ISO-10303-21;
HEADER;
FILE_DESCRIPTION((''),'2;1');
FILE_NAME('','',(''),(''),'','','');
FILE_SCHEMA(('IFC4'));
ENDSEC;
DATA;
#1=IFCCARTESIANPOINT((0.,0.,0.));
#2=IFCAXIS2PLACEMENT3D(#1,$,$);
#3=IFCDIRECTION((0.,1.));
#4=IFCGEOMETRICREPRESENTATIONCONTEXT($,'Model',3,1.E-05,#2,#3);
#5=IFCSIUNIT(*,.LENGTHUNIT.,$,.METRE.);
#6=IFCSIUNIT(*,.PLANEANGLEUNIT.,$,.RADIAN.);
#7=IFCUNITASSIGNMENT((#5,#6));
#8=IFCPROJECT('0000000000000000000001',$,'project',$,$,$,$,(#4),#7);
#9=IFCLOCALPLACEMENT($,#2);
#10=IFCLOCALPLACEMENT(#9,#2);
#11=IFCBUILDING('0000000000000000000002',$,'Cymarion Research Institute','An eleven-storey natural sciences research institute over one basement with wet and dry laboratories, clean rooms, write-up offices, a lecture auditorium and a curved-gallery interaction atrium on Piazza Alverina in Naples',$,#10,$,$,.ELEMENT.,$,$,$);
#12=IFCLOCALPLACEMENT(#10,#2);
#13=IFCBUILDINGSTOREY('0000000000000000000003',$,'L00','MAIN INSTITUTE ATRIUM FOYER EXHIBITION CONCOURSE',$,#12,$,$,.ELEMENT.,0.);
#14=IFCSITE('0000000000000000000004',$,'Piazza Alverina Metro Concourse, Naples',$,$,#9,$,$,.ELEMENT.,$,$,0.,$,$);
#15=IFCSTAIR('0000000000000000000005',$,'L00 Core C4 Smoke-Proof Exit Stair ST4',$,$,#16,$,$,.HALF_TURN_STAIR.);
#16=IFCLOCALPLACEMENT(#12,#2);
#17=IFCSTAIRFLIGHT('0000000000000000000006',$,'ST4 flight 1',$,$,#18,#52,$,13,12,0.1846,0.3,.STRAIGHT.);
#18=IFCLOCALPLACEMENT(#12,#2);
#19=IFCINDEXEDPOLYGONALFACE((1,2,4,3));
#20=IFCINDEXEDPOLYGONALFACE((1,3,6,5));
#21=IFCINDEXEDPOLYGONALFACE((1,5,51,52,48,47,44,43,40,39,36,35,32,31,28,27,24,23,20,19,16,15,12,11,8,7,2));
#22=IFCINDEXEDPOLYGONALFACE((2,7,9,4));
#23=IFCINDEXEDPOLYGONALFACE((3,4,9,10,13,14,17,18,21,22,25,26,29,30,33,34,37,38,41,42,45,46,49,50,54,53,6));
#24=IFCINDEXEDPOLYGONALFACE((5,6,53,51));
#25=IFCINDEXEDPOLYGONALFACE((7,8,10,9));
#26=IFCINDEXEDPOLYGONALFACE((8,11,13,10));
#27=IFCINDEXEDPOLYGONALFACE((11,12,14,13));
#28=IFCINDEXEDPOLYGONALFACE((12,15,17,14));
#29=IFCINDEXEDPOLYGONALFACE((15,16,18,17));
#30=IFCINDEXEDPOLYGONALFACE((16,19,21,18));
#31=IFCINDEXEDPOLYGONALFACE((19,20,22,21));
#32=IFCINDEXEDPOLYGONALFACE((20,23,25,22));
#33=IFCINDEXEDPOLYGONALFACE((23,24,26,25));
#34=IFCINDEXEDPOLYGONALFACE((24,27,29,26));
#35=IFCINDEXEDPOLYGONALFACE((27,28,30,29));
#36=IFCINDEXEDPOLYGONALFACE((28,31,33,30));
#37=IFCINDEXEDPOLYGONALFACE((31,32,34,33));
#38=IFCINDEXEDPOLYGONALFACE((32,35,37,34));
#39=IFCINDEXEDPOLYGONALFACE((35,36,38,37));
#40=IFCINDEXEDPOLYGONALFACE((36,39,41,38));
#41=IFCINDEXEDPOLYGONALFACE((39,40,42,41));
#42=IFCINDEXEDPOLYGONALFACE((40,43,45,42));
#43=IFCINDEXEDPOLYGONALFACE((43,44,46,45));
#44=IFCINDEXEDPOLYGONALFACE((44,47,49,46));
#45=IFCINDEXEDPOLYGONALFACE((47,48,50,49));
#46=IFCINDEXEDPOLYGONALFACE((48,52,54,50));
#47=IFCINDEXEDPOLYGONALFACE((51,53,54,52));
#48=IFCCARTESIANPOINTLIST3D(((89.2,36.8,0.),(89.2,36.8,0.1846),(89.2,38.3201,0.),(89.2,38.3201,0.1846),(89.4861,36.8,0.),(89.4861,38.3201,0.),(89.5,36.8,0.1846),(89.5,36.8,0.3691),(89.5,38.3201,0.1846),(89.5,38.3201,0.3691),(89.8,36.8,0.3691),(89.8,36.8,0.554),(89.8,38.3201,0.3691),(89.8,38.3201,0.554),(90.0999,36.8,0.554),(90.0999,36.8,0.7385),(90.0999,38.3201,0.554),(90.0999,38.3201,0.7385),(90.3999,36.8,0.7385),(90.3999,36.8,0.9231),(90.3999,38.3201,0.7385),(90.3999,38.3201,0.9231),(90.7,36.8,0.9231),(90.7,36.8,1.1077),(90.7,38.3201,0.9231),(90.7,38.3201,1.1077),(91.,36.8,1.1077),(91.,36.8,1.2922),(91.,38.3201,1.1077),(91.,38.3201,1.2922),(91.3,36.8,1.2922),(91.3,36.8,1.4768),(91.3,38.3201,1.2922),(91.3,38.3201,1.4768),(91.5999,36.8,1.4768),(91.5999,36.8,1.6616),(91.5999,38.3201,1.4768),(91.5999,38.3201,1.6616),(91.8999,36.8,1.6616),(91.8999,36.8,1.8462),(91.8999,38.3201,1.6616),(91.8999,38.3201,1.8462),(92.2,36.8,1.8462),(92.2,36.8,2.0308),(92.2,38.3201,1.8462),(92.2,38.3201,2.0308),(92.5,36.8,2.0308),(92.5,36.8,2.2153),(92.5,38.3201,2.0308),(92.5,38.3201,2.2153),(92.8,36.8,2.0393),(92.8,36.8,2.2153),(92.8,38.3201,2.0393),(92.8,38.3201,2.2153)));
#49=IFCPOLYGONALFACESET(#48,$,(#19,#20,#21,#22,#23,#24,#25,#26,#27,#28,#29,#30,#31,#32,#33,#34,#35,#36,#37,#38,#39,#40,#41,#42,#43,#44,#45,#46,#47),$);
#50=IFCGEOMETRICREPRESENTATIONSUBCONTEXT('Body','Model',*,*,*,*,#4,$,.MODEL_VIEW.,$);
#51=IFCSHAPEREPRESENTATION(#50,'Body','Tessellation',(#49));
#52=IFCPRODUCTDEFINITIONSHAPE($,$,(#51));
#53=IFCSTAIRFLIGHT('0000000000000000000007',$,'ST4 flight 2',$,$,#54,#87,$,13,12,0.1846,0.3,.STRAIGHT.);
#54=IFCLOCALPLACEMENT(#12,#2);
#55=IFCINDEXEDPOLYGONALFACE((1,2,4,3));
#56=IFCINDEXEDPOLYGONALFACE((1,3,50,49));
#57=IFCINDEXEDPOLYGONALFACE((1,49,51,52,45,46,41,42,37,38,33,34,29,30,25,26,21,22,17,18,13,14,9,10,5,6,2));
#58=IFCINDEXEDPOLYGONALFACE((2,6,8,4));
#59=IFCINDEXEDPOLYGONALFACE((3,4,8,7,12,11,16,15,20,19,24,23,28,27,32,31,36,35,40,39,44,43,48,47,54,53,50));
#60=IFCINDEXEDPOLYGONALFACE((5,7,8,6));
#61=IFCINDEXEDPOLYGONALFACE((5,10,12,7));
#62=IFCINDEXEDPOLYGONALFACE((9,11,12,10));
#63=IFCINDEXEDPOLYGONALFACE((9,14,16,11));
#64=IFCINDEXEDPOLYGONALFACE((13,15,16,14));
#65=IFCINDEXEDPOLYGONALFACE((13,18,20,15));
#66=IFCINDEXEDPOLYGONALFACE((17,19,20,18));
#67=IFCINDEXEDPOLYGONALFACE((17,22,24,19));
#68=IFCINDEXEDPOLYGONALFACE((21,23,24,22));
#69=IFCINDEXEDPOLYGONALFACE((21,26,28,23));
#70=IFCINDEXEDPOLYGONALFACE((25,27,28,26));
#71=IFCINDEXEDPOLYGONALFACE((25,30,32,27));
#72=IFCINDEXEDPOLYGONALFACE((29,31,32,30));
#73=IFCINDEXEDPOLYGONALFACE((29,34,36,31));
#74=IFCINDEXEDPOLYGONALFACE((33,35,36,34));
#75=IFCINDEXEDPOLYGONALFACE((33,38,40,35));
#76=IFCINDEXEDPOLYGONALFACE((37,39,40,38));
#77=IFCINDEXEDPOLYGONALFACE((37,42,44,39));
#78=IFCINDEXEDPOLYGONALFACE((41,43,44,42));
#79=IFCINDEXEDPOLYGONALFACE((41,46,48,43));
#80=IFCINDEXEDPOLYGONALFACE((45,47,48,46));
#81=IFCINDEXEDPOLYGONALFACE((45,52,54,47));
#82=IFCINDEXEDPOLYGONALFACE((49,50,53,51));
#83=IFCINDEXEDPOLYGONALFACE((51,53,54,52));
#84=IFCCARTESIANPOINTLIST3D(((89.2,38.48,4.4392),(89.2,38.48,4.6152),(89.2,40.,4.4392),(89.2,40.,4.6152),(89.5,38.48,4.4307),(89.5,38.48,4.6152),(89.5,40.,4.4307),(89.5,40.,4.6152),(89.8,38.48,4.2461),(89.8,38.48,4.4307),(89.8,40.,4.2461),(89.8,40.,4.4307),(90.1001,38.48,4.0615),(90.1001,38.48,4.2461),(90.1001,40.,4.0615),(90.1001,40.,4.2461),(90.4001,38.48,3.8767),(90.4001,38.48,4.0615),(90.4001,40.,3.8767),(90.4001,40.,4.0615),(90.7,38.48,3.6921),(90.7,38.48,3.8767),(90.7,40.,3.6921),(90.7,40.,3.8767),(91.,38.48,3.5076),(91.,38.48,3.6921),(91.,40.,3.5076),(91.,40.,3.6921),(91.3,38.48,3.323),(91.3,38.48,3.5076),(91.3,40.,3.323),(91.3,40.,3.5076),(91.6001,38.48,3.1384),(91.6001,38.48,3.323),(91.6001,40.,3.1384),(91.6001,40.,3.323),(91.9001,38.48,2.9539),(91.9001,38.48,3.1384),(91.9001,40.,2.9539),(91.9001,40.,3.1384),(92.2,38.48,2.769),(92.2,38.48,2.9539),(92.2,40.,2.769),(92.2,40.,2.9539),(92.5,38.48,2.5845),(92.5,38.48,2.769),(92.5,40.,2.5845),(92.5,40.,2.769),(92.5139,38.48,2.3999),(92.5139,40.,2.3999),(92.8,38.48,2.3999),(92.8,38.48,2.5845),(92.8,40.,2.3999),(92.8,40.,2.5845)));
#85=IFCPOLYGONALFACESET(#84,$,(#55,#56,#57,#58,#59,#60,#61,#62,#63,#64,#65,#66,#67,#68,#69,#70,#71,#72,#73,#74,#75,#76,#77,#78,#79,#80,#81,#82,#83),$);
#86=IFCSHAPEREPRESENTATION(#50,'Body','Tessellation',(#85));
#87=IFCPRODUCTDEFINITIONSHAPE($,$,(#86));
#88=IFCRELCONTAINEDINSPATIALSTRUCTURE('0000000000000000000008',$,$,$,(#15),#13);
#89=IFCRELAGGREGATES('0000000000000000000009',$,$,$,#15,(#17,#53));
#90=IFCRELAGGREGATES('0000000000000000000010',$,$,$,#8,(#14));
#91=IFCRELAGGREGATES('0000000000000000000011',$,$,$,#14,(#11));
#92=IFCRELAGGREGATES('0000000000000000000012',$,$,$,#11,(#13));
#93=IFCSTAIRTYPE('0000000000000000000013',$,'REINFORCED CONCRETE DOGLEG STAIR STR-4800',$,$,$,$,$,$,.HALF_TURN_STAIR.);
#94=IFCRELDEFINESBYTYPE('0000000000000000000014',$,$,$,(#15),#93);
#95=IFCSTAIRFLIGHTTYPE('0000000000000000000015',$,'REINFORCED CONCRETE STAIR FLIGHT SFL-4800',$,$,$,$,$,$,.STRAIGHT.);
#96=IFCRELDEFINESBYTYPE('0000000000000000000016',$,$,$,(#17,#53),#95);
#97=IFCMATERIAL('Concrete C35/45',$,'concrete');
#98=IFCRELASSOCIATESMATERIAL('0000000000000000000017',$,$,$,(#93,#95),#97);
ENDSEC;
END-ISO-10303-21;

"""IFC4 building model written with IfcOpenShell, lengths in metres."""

from ifc_helpers import new_model, si_unit, direction, frame, origin, place, context, subcontext, project, spatial, polyline, outline, extrude, material, type_object, element, aggregate, save


model = new_model("IFC4")

# Units and contexts
model_context = context("Model", 3, precision=1e-05, world=origin(), true_north=direction((0.0, 1.0)))
body_context = subcontext(model_context, "Body", "Model", "MODEL_VIEW")
ifc_project = project(units=[si_unit("LENGTHUNIT", "METRE"), si_unit("PLANEANGLEUNIT", "RADIAN")], contexts=[model_context])

# Site, building, storey
site_placement = place(None, origin())
site = spatial("IfcSite", under=ifc_project, at=site_placement, Name="Piazza Alverina Metro Concourse, Naples", CompositionType="ELEMENT", RefElevation=0.0)
building_placement = place(site_placement, origin())
building = spatial("IfcBuilding", under=site, at=building_placement, Name="Cymarion Research Institute", Description="An eleven-storey natural sciences research institute over one basement with wet and dry laboratories, clean rooms, write-up offices, a lecture auditorium and a curved-gallery interaction atrium on Piazza Alverina in Naples", CompositionType="ELEMENT")
storey_placement = place(building_placement, origin())
storey = spatial("IfcBuildingStorey", under=building, at=storey_placement, Name="L00", Description="MAIN INSTITUTE ATRIUM FOYER EXHIBITION CONCOURSE", CompositionType="ELEMENT", Elevation=0.0)

# Stair, stair flights
ifc_material_1 = material(Name="Concrete C35/45", Category="concrete")
stair_type = type_object("IfcStairType", Name="REINFORCED CONCRETE DOGLEG STAIR STR-4800", PredefinedType="HALF_TURN_STAIR", material=ifc_material_1)
stair_placement = place(storey_placement, origin())
stair = element("IfcStair", 1, at=stair_placement, inside=storey, type_object=stair_type, Name="L00 Core C4 Smoke-Proof Exit Stair ST4", PredefinedType="HALF_TURN_STAIR")
stair_flight_type = type_object("IfcStairFlightType", Name="REINFORCED CONCRETE STAIR FLIGHT SFL-4800", PredefinedType="STRAIGHT", material=ifc_material_1)
stair_flight_1_placement = place(storey_placement, frame((89.2, 37.5601, 0.0), z_axis=(0.0, 0.0, 1.0), x_axis=(1.0, 0.0, 0.0)))
stair_flight_1 = element("IfcStairFlight", 2, at=stair_flight_1_placement, type_object=stair_flight_type, Name="ST4 flight 1", NumberOfRisers=13, NumberOfTreads=12, PredefinedType="STRAIGHT", RiserHeight=0.1846, TreadLength=0.3, context=body_context, shape_type="SweptSolid", body=[
    extrude(outline(polyline([(0.0, 0.0), (0.0, 0.1846), (0.3, 0.1846), (0.3, 0.3691), (0.6001, 0.3691), (0.6001, 0.554), (0.8999, 0.554), (0.8999, 0.7385), (1.2, 0.7385), (1.2, 0.9231), (1.5, 0.9231), (1.5, 1.1077), (1.8, 1.1077), (1.8, 1.2922), (2.1001, 1.2922), (2.1001, 1.4768), (2.3999, 1.4768), (2.3999, 1.6616), (2.7, 1.6616), (2.7, 1.8462), (3.0, 1.8462), (3.0, 2.0308), (3.3, 2.0308), (3.3, 2.2153), (3.6001, 2.2153), (3.6001, 2.3999), (3.6001, 2.0393), (0.2861, 0.0), (0.0, 0.0)])), frame((0.0, 0.76, 0.0), z_axis=(0.0, -1.0, 0.0), x_axis=(1.0, 0.0, 0.0)), (0.0, 0.0, 1.0), 1.52),
])
stair_flight_2_placement = place(storey_placement, frame((92.8, 39.24, 2.3999), z_axis=(0.0, 0.0, 1.0), x_axis=(-1.0, 0.0, 0.0)))
stair_flight_2 = element("IfcStairFlight", 3, at=stair_flight_2_placement, type_object=stair_flight_type, Name="ST4 flight 2", NumberOfRisers=13, NumberOfTreads=12, PredefinedType="STRAIGHT", RiserHeight=0.1846, TreadLength=0.3, context=body_context, shape_type="SweptSolid", body=[
    extrude(outline(polyline([(0.0, 0.0), (0.0, 0.1846), (0.3, 0.1846), (0.3, 0.3691), (0.6001, 0.3691), (0.6001, 0.554), (0.8999, 0.554), (0.8999, 0.7385), (1.2, 0.7385), (1.2, 0.9231), (1.5, 0.9231), (1.5, 1.1077), (1.8, 1.1077), (1.8, 1.2922), (2.1001, 1.2922), (2.1001, 1.4768), (2.3999, 1.4768), (2.3999, 1.6616), (2.7, 1.6616), (2.7, 1.8462), (3.0, 1.8462), (3.0, 2.0308), (3.3, 2.0308), (3.3, 2.2153), (3.6001, 2.2153), (3.6001, 2.3999), (3.6001, 2.0393), (0.2861, 0.0), (0.0, 0.0)])), frame((0.0, 0.76, 0.0), z_axis=(0.0, -1.0, 0.0), x_axis=(1.0, 0.0, 0.0)), (0.0, 0.0, 1.0), 1.52),
])
aggregate(stair, [stair_flight_1, stair_flight_2])

save(model, "model.ifc")
